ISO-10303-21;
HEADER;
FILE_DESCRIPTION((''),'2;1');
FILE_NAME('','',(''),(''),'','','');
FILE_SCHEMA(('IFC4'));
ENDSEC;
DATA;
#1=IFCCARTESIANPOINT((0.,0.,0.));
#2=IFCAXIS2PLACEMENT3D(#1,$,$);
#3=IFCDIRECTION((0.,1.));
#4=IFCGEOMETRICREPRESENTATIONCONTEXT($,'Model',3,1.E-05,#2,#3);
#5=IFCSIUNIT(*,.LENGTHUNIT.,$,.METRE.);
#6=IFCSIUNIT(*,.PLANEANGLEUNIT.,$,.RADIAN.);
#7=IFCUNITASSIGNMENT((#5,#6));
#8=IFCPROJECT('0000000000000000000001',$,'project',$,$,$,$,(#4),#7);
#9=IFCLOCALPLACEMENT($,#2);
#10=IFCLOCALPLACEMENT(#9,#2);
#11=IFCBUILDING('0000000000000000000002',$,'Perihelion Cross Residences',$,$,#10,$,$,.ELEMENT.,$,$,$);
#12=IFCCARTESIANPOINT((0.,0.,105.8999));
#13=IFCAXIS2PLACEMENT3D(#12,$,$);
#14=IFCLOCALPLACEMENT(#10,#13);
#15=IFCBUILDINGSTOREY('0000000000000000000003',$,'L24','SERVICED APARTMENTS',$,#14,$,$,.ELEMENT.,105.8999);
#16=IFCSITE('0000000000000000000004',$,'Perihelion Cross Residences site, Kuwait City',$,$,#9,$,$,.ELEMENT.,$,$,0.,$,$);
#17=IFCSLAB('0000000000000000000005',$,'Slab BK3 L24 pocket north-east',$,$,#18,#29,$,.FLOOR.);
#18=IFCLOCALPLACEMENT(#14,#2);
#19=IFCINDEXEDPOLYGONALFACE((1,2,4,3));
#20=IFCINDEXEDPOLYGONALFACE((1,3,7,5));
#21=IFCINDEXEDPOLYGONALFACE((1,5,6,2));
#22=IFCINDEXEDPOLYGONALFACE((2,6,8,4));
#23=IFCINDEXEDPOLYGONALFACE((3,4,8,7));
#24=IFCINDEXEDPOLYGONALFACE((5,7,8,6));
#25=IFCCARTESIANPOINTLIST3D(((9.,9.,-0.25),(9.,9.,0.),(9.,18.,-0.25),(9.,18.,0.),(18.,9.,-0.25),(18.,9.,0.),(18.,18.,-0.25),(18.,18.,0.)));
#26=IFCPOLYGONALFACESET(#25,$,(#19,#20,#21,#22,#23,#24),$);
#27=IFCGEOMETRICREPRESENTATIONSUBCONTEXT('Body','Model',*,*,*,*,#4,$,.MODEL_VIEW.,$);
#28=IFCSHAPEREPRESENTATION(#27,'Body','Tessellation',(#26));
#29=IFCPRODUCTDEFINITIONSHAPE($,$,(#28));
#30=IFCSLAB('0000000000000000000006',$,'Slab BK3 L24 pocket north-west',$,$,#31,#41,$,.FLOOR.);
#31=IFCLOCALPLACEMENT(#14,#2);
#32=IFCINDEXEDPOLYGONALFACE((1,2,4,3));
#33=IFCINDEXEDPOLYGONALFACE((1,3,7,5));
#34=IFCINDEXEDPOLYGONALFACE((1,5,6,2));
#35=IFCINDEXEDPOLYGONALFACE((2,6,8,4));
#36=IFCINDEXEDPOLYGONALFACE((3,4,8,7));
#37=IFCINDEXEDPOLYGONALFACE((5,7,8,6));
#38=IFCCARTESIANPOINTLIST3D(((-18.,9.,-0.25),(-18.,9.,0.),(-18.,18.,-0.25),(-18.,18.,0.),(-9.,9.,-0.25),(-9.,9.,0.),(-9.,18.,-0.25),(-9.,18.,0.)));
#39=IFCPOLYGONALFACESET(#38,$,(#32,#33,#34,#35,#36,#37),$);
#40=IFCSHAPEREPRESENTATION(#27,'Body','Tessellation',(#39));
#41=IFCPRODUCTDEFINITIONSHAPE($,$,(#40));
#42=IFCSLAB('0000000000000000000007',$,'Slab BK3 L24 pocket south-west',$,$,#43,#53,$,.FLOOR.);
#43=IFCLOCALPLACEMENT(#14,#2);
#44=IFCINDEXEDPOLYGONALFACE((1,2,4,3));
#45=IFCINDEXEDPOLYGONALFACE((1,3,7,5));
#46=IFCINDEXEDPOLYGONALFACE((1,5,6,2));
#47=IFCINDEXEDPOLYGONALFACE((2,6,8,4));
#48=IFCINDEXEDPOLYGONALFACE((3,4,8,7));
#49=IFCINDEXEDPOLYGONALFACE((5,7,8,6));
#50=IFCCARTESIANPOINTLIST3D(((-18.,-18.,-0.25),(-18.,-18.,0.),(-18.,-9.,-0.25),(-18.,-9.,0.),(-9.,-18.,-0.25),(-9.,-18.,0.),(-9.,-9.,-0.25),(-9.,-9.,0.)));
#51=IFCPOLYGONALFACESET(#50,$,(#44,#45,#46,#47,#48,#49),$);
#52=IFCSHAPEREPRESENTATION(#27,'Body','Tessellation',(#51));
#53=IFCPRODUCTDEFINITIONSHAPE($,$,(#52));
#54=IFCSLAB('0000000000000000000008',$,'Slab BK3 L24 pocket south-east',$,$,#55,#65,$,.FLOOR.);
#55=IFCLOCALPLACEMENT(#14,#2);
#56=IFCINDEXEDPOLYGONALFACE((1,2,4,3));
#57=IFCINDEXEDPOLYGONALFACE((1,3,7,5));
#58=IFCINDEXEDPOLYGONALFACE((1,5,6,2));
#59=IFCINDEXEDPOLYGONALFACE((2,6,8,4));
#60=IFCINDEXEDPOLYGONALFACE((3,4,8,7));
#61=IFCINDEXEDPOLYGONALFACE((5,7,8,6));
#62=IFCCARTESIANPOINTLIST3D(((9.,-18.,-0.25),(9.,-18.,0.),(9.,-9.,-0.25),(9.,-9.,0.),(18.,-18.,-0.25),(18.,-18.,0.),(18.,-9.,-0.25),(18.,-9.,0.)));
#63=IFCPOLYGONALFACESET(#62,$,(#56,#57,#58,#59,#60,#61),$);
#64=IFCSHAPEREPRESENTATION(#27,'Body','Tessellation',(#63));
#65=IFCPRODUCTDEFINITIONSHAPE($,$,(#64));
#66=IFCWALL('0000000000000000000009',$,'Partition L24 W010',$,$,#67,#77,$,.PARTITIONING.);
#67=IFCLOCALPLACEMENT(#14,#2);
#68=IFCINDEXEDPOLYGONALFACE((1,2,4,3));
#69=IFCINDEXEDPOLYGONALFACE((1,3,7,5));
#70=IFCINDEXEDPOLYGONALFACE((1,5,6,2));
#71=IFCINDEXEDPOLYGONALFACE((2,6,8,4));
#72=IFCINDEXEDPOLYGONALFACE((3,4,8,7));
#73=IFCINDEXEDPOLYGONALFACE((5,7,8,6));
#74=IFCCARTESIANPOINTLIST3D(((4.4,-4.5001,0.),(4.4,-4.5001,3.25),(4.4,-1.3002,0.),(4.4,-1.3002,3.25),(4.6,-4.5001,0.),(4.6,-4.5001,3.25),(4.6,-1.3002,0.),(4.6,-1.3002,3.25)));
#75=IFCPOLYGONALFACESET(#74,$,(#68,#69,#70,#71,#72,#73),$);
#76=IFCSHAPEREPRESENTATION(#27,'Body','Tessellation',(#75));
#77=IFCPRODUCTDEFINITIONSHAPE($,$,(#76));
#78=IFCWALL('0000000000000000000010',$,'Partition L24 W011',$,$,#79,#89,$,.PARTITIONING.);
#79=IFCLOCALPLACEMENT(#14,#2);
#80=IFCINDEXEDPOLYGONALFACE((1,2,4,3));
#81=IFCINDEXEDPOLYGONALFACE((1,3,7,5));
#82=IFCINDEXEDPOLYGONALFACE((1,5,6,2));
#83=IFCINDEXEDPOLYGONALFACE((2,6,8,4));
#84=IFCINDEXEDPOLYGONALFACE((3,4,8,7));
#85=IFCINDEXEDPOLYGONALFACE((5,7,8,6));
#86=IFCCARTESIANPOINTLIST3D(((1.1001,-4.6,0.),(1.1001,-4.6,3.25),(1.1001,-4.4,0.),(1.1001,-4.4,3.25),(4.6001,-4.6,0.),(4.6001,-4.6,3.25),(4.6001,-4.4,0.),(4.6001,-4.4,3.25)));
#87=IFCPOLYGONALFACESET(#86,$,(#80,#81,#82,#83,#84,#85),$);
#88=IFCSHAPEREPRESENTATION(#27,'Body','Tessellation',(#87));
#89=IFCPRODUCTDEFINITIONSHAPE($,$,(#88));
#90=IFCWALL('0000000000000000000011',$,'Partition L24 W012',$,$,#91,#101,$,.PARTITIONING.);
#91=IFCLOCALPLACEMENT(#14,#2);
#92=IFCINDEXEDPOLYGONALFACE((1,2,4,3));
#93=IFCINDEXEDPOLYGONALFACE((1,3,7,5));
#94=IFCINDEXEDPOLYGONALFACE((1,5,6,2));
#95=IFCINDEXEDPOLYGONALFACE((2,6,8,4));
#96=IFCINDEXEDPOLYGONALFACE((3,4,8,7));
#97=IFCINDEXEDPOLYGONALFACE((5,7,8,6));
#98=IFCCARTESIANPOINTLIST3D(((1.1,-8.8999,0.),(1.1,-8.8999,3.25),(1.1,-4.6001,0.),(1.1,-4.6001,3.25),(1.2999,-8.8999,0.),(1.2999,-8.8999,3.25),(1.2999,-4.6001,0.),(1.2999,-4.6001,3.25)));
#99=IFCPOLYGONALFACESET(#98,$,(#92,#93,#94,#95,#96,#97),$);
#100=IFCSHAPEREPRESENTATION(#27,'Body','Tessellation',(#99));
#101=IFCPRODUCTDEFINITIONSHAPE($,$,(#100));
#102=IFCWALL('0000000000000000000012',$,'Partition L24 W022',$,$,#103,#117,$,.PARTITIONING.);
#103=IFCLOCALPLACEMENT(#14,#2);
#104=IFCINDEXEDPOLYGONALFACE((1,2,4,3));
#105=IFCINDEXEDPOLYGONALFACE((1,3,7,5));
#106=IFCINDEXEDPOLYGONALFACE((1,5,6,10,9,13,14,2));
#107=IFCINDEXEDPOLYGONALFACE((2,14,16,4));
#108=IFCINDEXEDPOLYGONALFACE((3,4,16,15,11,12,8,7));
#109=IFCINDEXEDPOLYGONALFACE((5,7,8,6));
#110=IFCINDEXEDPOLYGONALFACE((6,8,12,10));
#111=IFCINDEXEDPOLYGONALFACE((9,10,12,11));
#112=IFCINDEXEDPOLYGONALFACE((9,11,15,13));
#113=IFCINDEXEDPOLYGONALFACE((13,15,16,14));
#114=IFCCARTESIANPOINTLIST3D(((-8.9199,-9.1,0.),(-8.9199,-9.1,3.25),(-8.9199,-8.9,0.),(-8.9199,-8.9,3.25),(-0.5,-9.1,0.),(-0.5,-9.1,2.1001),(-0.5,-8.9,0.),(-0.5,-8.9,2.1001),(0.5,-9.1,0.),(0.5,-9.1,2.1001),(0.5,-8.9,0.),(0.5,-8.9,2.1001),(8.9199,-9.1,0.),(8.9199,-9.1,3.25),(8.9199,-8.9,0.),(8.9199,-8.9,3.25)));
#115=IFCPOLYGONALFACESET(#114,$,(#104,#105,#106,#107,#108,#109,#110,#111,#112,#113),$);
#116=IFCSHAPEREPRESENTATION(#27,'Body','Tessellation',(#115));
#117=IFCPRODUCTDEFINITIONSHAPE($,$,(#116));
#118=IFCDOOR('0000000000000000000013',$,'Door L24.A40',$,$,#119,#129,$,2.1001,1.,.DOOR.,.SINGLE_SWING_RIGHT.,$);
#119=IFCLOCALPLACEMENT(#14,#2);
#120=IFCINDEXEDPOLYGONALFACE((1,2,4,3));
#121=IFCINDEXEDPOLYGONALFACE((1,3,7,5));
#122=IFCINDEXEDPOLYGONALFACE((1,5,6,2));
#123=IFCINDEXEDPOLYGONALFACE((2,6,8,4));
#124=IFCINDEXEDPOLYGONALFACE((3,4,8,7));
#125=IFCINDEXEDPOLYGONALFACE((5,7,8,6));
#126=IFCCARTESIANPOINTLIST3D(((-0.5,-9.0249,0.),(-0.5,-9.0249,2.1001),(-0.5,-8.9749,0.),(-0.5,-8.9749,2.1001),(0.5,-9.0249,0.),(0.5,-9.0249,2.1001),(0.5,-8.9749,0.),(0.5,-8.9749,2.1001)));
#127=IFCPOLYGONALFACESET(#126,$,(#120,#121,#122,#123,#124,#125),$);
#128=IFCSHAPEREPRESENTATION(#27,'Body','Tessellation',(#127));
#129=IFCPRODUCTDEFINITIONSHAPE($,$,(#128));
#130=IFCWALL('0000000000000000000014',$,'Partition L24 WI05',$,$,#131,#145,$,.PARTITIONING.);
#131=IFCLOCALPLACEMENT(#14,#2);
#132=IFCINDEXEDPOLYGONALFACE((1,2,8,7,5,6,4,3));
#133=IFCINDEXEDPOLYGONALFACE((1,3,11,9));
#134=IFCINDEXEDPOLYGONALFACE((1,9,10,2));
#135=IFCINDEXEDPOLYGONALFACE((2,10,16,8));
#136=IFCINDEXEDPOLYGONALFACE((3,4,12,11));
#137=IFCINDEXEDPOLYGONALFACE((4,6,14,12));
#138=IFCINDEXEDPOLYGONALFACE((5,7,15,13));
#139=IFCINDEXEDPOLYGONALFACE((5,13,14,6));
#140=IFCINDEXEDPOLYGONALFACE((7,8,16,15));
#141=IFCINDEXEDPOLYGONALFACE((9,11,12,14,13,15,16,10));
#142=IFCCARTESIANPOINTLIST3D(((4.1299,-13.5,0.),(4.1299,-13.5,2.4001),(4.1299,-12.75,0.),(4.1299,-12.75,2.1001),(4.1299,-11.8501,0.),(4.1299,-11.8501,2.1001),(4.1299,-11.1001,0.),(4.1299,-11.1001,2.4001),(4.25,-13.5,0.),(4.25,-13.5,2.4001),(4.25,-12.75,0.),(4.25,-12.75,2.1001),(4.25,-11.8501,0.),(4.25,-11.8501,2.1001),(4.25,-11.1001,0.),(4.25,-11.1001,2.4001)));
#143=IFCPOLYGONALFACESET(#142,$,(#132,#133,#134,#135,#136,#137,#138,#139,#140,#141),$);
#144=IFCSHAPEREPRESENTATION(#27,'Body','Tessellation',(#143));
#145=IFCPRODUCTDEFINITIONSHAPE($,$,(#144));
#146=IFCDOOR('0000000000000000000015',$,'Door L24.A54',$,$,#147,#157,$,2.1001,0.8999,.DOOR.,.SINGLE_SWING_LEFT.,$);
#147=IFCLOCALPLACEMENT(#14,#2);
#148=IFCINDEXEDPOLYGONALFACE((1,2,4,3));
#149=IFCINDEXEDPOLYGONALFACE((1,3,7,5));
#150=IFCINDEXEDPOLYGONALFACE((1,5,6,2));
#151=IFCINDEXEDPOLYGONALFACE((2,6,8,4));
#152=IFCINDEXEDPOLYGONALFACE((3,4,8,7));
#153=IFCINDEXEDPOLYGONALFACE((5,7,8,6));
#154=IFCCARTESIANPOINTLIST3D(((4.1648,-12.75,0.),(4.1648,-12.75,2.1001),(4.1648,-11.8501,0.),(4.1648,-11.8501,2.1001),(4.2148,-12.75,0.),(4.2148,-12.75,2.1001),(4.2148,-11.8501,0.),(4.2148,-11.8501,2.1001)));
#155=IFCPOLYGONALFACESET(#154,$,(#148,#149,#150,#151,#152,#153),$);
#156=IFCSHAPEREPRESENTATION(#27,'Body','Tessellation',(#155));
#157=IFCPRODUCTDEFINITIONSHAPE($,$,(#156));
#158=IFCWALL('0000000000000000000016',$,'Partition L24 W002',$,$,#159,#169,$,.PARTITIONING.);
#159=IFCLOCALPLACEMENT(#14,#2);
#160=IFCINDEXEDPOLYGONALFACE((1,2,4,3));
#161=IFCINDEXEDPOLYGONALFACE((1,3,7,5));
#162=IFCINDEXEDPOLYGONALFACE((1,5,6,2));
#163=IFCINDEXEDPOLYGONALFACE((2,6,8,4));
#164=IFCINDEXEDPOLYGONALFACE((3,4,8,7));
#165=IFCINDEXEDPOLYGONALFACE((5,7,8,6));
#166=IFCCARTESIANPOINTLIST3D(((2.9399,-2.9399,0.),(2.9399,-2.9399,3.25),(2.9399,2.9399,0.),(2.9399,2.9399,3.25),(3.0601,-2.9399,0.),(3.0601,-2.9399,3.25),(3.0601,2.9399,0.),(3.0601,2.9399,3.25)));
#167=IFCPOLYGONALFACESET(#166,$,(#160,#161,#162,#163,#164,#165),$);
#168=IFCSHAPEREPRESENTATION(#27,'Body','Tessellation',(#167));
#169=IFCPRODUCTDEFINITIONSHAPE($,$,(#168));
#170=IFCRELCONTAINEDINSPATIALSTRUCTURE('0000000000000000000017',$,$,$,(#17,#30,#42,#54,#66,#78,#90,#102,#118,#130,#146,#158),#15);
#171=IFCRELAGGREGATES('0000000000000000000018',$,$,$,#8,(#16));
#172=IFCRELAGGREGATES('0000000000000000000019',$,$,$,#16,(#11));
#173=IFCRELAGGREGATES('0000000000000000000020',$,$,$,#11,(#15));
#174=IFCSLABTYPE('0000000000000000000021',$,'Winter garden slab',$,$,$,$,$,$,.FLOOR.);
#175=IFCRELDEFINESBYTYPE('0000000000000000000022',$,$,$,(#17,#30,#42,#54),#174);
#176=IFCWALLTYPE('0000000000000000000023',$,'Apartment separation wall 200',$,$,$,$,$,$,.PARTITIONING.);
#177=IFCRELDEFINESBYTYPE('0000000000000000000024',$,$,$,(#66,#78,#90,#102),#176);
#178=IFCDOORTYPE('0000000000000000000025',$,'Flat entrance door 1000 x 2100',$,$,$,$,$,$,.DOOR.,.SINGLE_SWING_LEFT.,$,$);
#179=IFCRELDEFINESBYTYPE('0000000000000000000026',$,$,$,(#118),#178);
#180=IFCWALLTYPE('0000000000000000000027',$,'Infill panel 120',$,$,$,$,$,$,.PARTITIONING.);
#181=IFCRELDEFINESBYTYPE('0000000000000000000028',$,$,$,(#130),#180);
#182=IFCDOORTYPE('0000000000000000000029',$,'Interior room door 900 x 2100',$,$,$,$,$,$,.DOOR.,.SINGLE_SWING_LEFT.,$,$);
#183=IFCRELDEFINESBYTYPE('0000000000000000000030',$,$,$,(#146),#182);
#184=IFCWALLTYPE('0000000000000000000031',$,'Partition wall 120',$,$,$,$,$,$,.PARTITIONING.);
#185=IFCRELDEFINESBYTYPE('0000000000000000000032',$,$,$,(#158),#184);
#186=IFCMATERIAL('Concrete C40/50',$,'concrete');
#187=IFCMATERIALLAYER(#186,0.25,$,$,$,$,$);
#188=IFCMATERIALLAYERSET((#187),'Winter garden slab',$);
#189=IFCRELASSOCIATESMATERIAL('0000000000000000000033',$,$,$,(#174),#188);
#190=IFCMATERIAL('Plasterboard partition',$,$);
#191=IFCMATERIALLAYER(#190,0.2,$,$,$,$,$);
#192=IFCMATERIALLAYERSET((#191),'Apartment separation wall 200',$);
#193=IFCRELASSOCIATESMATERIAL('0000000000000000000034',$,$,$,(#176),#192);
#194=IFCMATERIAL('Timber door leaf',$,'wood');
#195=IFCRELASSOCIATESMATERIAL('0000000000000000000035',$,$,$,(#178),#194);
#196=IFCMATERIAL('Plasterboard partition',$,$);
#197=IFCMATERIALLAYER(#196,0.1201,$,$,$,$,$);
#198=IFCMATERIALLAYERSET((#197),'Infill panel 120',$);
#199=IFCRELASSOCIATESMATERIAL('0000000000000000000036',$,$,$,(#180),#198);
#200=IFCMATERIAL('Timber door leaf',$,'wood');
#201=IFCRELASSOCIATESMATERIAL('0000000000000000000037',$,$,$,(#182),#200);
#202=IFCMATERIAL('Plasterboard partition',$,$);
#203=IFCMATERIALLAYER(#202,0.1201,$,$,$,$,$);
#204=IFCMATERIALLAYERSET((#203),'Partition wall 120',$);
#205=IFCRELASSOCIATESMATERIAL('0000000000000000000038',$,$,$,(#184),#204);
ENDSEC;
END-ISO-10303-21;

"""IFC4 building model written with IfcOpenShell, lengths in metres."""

from ifc_helpers import new_model, si_unit, direction, frame, frame_2d, origin, place, context, subcontext, project, spatial, polyline, rectangle, outline, extrude, material, layer, layer_set, type_object, element, fill, save


model = new_model("IFC4")

# Units and contexts
model_context = context("Model", 3, precision=1e-05, world=origin(), true_north=direction((0.0, 1.0)))
body_context = subcontext(model_context, "Body", "Model", "MODEL_VIEW")
ifc_project = project(units=[si_unit("LENGTHUNIT", "METRE"), si_unit("PLANEANGLEUNIT", "RADIAN")], contexts=[model_context])

# Site, building, storey
site_placement = place(None, origin())
site = spatial("IfcSite", under=ifc_project, at=site_placement, Name="Perihelion Cross Residences site, Kuwait City", CompositionType="ELEMENT", RefElevation=0.0)
building_placement = place(site_placement, origin())
building = spatial("IfcBuilding", under=site, at=building_placement, Name="Perihelion Cross Residences", CompositionType="ELEMENT")
storey_placement = place(building_placement, frame((0.0, 0.0, 105.8999)))
storey = spatial("IfcBuildingStorey", under=building, at=storey_placement, Name="L24", Description="SERVICED APARTMENTS", CompositionType="ELEMENT", Elevation=105.8999)

# Slabs
ifc_material_1 = material(Name="Concrete C40/50", Category="concrete")
ifc_layer_1 = layer(ifc_material_1, 0.25)
ifc_layer_set_1 = layer_set([ifc_layer_1], Name="Winter garden slab")
slab_type_1 = type_object("IfcSlabType", Name="Winter garden slab", PredefinedType="FLOOR", material=ifc_layer_set_1)
slab_1_placement = place(storey_placement, frame((0.0, 0.0, -0.25)))
element("IfcSlab", 1, at=slab_1_placement, inside=storey, type_object=slab_type_1, Name="Slab BK3 L24 pocket north-east", PredefinedType="FLOOR", context=body_context, shape_type="SweptSolid", body=[
    extrude(outline(polyline([(18.0, 9.0), (18.0, 18.0), (9.0, 18.0), (9.0, 9.0), (18.0, 9.0)])), origin(), (0.0, 0.0, 1.0), 0.25),
])
slab_2_placement = place(storey_placement, frame((0.0, 0.0, -0.25)))
element("IfcSlab", 2, at=slab_2_placement, inside=storey, type_object=slab_type_1, Name="Slab BK3 L24 pocket north-west", PredefinedType="FLOOR", context=body_context, shape_type="SweptSolid", body=[
    extrude(outline(polyline([(-9.0, 9.0), (-9.0, 18.0), (-18.0, 18.0), (-18.0, 9.0), (-9.0, 9.0)])), origin(), (0.0, 0.0, 1.0), 0.25),
])
slab_3_placement = place(storey_placement, frame((0.0, 0.0, -0.25)))
element("IfcSlab", 3, at=slab_3_placement, inside=storey, type_object=slab_type_1, Name="Slab BK3 L24 pocket south-west", PredefinedType="FLOOR", context=body_context, shape_type="SweptSolid", body=[
    extrude(outline(polyline([(-9.0, -18.0), (-9.0, -9.0), (-18.0, -9.0), (-18.0, -18.0), (-9.0, -18.0)])), origin(), (0.0, 0.0, 1.0), 0.25),
])
slab_4_placement = place(storey_placement, frame((0.0, 0.0, -0.25)))
element("IfcSlab", 4, at=slab_4_placement, inside=storey, type_object=slab_type_1, Name="Slab BK3 L24 pocket south-east", PredefinedType="FLOOR", context=body_context, shape_type="SweptSolid", body=[
    extrude(outline(polyline([(18.0, -18.0), (18.0, -9.0), (9.0, -9.0), (9.0, -18.0), (18.0, -18.0)])), origin(), (0.0, 0.0, 1.0), 0.25),
])

# Walls
ifc_material_2 = material(Name="Plasterboard partition")
ifc_layer_2 = layer(ifc_material_2, 0.2)
ifc_layer_set_2 = layer_set([ifc_layer_2], Name="Apartment separation wall 200")
wall_type_1 = type_object("IfcWallType", Name="Apartment separation wall 200", PredefinedType="PARTITIONING", material=ifc_layer_set_2)
wall_1_placement = place(storey_placement, frame((4.5, -1.3, 0.0), z_axis=(0.0, 0.0, 1.0), x_axis=(0.0, -1.0, 0.0)))
element("IfcWall", 5, at=wall_1_placement, inside=storey, type_object=wall_type_1, Name="Partition L24 W010", PredefinedType="PARTITIONING", context=body_context, shape_type="SweptSolid", body=[
    extrude(rectangle(XDim=3.2, YDim=0.2, at=frame_2d((1.6001, 0.0))), origin(), (0.0, 0.0, 1.0), 3.25),
])
wall_2_placement = place(storey_placement, frame((4.6001, -4.5, 0.0), z_axis=(0.0, 0.0, 1.0), x_axis=(-1.0, 0.0, 0.0)))
element("IfcWall", 6, at=wall_2_placement, inside=storey, type_object=wall_type_1, Name="Partition L24 W011", PredefinedType="PARTITIONING", context=body_context, shape_type="SweptSolid", body=[
    extrude(rectangle(XDim=3.5, YDim=0.2, at=frame_2d((1.75, 0.0))), origin(), (0.0, 0.0, 1.0), 3.25),
])
wall_3_placement = place(storey_placement, frame((1.2, -4.6001, 0.0), z_axis=(0.0, 0.0, 1.0), x_axis=(0.0, -1.0, 0.0)))
element("IfcWall", 7, at=wall_3_placement, inside=storey, type_object=wall_type_1, Name="Partition L24 W012", PredefinedType="PARTITIONING", context=body_context, shape_type="SweptSolid", body=[
    extrude(rectangle(XDim=4.2998, YDim=0.2, at=frame_2d((2.1499, 0.0))), origin(), (0.0, 0.0, 1.0), 3.25),
])

# Walls, openings, doors
wall_4_placement = place(storey_placement, frame((8.9199, -9.0, 0.0), z_axis=(0.0, 0.0, 1.0), x_axis=(-1.0, 0.0, 0.0)))
wall_4 = element("IfcWall", 8, at=wall_4_placement, inside=storey, type_object=wall_type_1, Name="Partition L24 W022", PredefinedType="PARTITIONING", context=body_context, shape_type="SweptSolid", body=[
    extrude(rectangle(XDim=17.8398, YDim=0.2, at=frame_2d((8.9199, 0.0))), origin(), (0.0, 0.0, 1.0), 3.25),
])
opening_1_placement = place(wall_4_placement, frame((8.4199, 0.0, 0.0)))
opening_1 = element("IfcOpeningElement", 9, at=opening_1_placement, cuts=wall_4, PredefinedType="OPENING", context=body_context, shape_type="SweptSolid", body=[
    extrude(rectangle(XDim=1.0, YDim=2.1001, at=frame_2d((0.5, 1.05))), frame((0.0, 0.1099, 0.0), z_axis=(0.0, -1.0, 0.0), x_axis=(1.0, 0.0, 0.0)), (0.0, 0.0, 1.0), 0.22),
])
ifc_material_3 = material(Name="Timber door leaf", Category="wood")
door_type_1 = type_object("IfcDoorType", Name="Flat entrance door 1000 x 2100", OperationType="SINGLE_SWING_LEFT", PredefinedType="DOOR", material=ifc_material_3)
door_1_placement = place(opening_1_placement, origin())
door_1 = element("IfcDoor", 10, at=door_1_placement, inside=storey, type_object=door_type_1, Name="Door L24.A40", OperationType="SINGLE_SWING_RIGHT", OverallHeight=2.1001, OverallWidth=1.0, PredefinedType="DOOR", context=body_context, shape_type="SweptSolid", body=[
    extrude(rectangle(XDim=1.0, YDim=2.1001, at=frame_2d((0.5, 1.05))), frame((0.0, 0.0249, 0.0), z_axis=(0.0, -1.0, 0.0), x_axis=(1.0, 0.0, 0.0)), (0.0, 0.0, 1.0), 0.05),
])
fill(opening_1, door_1)
ifc_material_4 = material(Name="Plasterboard partition")
ifc_layer_3 = layer(ifc_material_4, 0.1201)
ifc_layer_set_3 = layer_set([ifc_layer_3], Name="Infill panel 120")
wall_type_2 = type_object("IfcWallType", Name="Infill panel 120", PredefinedType="PARTITIONING", material=ifc_layer_set_3)
wall_5_placement = place(storey_placement, frame((4.1899, -11.1001, 0.0), z_axis=(0.0, 0.0, 1.0), x_axis=(0.0, -1.0, 0.0)))
wall_5 = element("IfcWall", 11, at=wall_5_placement, inside=storey, type_object=wall_type_2, Name="Partition L24 WI05", PredefinedType="PARTITIONING", context=body_context, shape_type="SweptSolid", body=[
    extrude(rectangle(XDim=2.3999, YDim=0.1201, at=frame_2d((1.2, 0.0))), origin(), (0.0, 0.0, 1.0), 2.4001),
])
opening_2_placement = place(wall_5_placement, frame((0.75, 0.0, 0.0)))
opening_2 = element("IfcOpeningElement", 12, at=opening_2_placement, cuts=wall_5, PredefinedType="OPENING", context=body_context, shape_type="SweptSolid", body=[
    extrude(rectangle(XDim=0.8999, YDim=2.1001, at=frame_2d((0.45, 1.05))), frame((0.0, 0.0701, 0.0), z_axis=(0.0, -1.0, 0.0), x_axis=(1.0, 0.0, 0.0)), (0.0, 0.0, 1.0), 0.1401),
])
ifc_material_5 = material(Name="Timber door leaf", Category="wood")
door_type_2 = type_object("IfcDoorType", Name="Interior room door 900 x 2100", OperationType="SINGLE_SWING_LEFT", PredefinedType="DOOR", material=ifc_material_5)
door_2_placement = place(opening_2_placement, origin())
door_2 = element("IfcDoor", 13, at=door_2_placement, inside=storey, type_object=door_type_2, Name="Door L24.A54", OperationType="SINGLE_SWING_LEFT", OverallHeight=2.1001, OverallWidth=0.8999, PredefinedType="DOOR", context=body_context, shape_type="SweptSolid", body=[
    extrude(rectangle(XDim=0.8999, YDim=2.1001, at=frame_2d((0.45, 1.05))), frame((0.0, 0.0249, 0.0), z_axis=(0.0, -1.0, 0.0), x_axis=(1.0, 0.0, 0.0)), (0.0, 0.0, 1.0), 0.05),
])
fill(opening_2, door_2)

# Wall
ifc_material_6 = material(Name="Plasterboard partition")
ifc_layer_4 = layer(ifc_material_6, 0.1201)
ifc_layer_set_4 = layer_set([ifc_layer_4], Name="Partition wall 120")
wall_type_3 = type_object("IfcWallType", Name="Partition wall 120", PredefinedType="PARTITIONING", material=ifc_layer_set_4)
wall_6_placement = place(storey_placement, frame((3.0, -2.9399, 0.0), z_axis=(0.0, 0.0, 1.0), x_axis=(0.0, 1.0, 0.0)))
element("IfcWall", 14, at=wall_6_placement, inside=storey, type_object=wall_type_3, Name="Partition L24 W002", PredefinedType="PARTITIONING", context=body_context, shape_type="SweptSolid", body=[
    extrude(rectangle(XDim=5.8799, YDim=0.1201, at=frame_2d((2.9399, 0.0))), origin(), (0.0, 0.0, 1.0), 3.25),
])

save(model, "model.ifc")
